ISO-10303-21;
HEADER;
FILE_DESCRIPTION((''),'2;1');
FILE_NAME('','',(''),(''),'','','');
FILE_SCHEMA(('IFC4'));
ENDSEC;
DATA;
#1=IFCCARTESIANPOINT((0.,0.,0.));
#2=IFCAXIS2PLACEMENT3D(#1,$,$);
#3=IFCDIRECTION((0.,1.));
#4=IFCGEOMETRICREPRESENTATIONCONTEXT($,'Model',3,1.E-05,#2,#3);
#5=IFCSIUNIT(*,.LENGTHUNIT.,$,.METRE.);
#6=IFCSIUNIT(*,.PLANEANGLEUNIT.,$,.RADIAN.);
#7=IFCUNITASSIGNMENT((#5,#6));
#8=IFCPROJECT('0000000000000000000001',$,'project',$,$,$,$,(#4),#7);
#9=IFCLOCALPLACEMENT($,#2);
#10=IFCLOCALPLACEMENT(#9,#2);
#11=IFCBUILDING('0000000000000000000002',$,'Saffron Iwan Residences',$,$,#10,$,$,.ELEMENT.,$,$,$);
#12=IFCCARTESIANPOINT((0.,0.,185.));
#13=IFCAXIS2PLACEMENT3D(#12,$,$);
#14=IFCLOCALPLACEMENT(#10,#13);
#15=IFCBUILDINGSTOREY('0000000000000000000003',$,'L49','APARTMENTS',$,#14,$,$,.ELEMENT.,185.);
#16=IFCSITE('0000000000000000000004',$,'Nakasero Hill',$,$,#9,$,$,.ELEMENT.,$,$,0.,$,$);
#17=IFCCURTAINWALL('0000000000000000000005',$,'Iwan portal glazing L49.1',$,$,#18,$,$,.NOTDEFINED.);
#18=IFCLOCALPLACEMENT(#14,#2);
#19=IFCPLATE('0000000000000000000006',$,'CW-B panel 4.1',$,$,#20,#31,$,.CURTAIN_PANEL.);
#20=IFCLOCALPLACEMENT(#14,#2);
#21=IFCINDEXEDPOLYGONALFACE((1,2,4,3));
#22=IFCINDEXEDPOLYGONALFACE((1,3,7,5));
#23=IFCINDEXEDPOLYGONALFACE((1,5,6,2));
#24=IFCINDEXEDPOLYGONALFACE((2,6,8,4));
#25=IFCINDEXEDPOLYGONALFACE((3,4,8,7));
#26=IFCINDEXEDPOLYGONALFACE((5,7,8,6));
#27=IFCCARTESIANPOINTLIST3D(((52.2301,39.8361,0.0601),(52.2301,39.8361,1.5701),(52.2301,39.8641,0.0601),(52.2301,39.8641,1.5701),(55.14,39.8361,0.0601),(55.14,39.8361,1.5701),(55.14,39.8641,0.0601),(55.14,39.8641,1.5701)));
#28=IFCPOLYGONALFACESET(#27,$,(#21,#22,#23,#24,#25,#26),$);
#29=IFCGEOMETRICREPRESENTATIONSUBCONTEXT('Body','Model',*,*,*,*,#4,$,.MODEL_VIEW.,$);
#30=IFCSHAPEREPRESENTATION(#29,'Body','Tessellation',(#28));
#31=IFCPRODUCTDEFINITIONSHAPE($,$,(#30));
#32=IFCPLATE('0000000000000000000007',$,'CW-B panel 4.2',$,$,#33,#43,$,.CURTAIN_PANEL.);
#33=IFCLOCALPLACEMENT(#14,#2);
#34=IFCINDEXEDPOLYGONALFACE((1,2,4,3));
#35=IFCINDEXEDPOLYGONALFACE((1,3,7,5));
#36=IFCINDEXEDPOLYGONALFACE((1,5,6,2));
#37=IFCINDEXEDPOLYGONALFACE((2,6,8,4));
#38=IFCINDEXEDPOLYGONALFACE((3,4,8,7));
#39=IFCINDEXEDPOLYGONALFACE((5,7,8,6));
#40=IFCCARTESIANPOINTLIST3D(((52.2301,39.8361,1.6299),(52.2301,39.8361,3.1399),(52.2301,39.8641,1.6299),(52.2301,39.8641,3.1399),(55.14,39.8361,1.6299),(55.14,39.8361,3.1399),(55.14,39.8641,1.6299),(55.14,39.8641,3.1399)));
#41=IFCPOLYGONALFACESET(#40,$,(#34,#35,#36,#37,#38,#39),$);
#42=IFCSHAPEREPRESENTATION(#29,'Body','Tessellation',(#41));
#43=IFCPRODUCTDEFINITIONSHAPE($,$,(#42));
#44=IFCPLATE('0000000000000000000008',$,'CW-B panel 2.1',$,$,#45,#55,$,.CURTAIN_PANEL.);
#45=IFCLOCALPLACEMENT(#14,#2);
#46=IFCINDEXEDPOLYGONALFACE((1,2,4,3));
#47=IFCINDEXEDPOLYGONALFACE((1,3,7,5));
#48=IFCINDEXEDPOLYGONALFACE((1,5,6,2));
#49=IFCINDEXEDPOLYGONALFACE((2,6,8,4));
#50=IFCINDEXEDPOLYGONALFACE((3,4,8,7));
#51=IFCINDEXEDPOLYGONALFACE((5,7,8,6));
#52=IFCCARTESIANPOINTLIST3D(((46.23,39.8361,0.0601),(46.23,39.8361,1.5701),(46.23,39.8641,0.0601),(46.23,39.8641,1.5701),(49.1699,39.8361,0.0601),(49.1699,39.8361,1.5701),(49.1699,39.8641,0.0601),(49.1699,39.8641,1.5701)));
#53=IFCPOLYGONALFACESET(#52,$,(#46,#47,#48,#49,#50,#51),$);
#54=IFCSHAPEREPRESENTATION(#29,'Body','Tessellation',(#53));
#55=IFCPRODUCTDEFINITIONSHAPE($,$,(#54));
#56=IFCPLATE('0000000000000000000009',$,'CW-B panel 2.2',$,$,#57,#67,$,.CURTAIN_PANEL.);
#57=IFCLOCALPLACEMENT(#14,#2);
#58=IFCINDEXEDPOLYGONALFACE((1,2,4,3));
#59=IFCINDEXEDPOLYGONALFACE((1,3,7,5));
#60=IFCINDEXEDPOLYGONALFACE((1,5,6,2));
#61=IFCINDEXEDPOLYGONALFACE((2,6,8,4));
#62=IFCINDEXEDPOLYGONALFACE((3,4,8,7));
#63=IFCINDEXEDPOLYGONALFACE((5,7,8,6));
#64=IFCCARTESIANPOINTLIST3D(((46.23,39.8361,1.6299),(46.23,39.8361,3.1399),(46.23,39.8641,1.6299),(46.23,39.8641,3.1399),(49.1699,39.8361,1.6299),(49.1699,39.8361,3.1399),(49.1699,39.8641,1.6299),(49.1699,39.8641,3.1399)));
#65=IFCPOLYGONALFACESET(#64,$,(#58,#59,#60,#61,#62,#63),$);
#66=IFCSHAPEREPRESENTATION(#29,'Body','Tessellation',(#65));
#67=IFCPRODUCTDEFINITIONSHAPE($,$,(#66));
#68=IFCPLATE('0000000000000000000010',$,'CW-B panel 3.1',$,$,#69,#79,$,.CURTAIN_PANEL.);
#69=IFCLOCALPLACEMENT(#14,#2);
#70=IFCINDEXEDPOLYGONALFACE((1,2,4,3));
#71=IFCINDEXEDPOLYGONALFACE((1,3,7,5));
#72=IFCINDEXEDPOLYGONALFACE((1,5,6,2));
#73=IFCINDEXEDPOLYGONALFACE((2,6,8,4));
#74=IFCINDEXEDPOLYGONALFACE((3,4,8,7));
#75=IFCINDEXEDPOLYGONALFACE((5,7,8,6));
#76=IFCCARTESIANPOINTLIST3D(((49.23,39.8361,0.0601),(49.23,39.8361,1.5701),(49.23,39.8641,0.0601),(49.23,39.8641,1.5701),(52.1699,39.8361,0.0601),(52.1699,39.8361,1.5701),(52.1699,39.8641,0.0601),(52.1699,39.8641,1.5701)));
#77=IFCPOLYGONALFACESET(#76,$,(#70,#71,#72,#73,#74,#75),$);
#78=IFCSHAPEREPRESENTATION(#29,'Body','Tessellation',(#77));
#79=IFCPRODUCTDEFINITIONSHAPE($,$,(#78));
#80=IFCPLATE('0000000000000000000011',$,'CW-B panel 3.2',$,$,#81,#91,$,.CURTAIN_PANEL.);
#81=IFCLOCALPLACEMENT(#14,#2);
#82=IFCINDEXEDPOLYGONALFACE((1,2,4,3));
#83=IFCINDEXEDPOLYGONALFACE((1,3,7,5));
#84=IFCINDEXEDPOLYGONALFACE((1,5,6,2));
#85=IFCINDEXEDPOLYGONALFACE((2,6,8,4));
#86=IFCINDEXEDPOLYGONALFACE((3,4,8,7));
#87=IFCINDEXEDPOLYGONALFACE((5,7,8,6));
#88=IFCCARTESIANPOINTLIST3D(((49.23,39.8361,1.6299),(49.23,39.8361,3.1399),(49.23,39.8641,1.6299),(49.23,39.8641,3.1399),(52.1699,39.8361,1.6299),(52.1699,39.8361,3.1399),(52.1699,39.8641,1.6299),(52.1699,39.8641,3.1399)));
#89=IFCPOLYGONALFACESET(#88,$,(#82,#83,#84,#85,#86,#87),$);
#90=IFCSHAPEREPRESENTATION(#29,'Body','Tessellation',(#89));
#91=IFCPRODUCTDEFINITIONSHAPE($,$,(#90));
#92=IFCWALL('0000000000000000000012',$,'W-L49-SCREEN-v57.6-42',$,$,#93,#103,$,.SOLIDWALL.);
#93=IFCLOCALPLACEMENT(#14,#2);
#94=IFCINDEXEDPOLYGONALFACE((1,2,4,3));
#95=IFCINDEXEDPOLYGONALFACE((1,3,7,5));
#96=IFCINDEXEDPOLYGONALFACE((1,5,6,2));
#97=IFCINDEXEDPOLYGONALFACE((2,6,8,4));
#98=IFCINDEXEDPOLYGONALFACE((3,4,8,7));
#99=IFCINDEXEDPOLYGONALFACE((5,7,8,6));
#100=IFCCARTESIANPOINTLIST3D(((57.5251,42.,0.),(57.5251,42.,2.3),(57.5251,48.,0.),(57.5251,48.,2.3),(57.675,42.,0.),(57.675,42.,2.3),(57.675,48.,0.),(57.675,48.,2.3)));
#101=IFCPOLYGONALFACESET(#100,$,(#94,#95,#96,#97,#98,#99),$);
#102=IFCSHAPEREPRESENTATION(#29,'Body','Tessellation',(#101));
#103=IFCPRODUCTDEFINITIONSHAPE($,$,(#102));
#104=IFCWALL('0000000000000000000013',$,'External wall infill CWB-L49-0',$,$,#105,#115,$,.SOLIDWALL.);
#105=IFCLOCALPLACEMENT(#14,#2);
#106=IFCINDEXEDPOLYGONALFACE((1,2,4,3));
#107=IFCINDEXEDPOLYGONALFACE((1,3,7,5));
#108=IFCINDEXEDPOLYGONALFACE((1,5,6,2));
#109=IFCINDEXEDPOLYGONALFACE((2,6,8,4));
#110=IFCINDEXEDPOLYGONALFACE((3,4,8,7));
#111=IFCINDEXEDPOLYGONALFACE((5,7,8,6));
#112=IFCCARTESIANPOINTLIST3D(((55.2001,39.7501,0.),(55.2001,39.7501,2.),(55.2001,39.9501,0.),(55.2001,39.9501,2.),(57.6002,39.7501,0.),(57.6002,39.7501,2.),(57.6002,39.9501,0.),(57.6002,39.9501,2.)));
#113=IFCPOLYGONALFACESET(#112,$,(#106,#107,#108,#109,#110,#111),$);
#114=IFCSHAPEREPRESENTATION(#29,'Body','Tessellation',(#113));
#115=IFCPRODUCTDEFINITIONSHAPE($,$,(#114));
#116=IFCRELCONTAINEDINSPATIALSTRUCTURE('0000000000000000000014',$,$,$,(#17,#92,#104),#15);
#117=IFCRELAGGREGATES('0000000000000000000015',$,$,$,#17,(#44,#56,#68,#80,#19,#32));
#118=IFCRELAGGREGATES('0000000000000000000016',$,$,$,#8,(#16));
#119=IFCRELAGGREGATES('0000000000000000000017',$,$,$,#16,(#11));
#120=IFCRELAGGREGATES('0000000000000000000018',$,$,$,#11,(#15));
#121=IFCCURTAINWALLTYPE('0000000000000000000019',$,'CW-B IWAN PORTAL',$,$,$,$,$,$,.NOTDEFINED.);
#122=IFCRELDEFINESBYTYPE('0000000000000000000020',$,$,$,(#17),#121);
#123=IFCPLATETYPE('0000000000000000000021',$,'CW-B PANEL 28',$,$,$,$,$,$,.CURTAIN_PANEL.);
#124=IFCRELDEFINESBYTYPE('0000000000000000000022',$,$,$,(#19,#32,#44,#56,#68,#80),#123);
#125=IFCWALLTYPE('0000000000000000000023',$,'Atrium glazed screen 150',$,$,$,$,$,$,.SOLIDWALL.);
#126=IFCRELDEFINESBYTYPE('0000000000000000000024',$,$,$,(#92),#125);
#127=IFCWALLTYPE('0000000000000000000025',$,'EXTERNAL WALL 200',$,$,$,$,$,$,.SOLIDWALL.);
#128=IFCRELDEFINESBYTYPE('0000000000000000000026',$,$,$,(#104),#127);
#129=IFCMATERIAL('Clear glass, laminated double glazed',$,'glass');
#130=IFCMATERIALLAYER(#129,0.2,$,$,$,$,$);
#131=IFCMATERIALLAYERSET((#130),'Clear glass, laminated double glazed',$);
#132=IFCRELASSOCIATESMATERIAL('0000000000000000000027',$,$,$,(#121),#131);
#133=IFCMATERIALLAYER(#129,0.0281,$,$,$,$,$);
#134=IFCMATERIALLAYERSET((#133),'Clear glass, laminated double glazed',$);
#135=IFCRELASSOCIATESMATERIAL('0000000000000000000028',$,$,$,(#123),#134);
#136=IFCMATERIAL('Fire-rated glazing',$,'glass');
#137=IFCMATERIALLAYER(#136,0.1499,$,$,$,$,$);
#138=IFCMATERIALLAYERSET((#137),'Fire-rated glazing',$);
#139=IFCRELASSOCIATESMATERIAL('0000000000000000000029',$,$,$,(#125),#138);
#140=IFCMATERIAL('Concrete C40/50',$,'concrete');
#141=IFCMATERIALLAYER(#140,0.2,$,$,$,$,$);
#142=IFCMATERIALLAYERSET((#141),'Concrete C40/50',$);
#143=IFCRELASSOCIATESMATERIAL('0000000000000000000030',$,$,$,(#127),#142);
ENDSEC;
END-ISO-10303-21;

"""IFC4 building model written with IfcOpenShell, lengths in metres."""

from ifc_helpers import new_model, si_unit, direction, frame, frame_2d, origin, origin_2d, place, context, subcontext, project, spatial, rectangle, extrude, source, transform, mapped, material, layer, layer_set, type_object, element, aggregate, save


model = new_model("IFC4")

# Units and contexts
model_context = context("Model", 3, precision=1e-05, world=origin(), true_north=direction((0.0, 1.0)))
body_context = subcontext(model_context, "Body", "Model", "MODEL_VIEW")
ifc_project = project(units=[si_unit("LENGTHUNIT", "METRE"), si_unit("PLANEANGLEUNIT", "RADIAN")], contexts=[model_context])

# Site, building, storey
site_placement = place(None, origin())
site = spatial("IfcSite", under=ifc_project, at=site_placement, Name="Nakasero Hill", CompositionType="ELEMENT", RefElevation=0.0)
building_placement = place(site_placement, origin())
building = spatial("IfcBuilding", under=site, at=building_placement, Name="Saffron Iwan Residences", CompositionType="ELEMENT")
storey_placement = place(building_placement, frame((0.0, 0.0, 185.0)))
storey = spatial("IfcBuildingStorey", under=building, at=storey_placement, Name="L49", Description="APARTMENTS", CompositionType="ELEMENT", Elevation=185.0)

# Curtain wall, plates
ifc_material_1 = material(Name="Clear glass, laminated double glazed", Category="glass")
ifc_layer_1 = layer(ifc_material_1, 0.2)
ifc_layer_set_1 = layer_set([ifc_layer_1], Name="Clear glass, laminated double glazed")
curtain_wall_type = type_object("IfcCurtainWallType", Name="CW-B IWAN PORTAL", PredefinedType="NOTDEFINED", material=ifc_layer_set_1)
curtain_wall_placement = place(storey_placement, origin())
curtain_wall = element("IfcCurtainWall", 1, at=curtain_wall_placement, inside=storey, type_object=curtain_wall_type, Name="Iwan portal glazing L49.1", PredefinedType="NOTDEFINED")
ifc_layer_2 = layer(ifc_material_1, 0.0281)
ifc_layer_set_2 = layer_set([ifc_layer_2], Name="Clear glass, laminated double glazed")
plate_type = type_object("IfcPlateType", Name="CW-B PANEL 28", PredefinedType="CURTAIN_PANEL", material=ifc_layer_set_2)
shared_shape_1 = source(origin(), body_context, "Body", "SweptSolid", [
    extrude(rectangle(XDim=2.9099, YDim=0.0281, at=origin_2d()), origin(), (0.0, 0.0, 1.0), 1.51),
])
plate_1_placement = place(storey_placement, frame((53.6851, 39.8501, 0.0601), z_axis=(0.0, 0.0, 1.0), x_axis=(1.0, 0.0, 0.0)))
plate_1 = element("IfcPlate", 2, at=plate_1_placement, type_object=plate_type, Name="CW-B panel 4.1", PredefinedType="CURTAIN_PANEL", context=body_context, shape_type="MappedRepresentation", body=[
    mapped(shared_shape_1, transform((0.0, 0.0, 0.0))),
])
plate_2_placement = place(storey_placement, frame((53.6851, 39.8501, 1.6299), z_axis=(0.0, 0.0, 1.0), x_axis=(1.0, 0.0, 0.0)))
plate_2 = element("IfcPlate", 3, at=plate_2_placement, type_object=plate_type, Name="CW-B panel 4.2", PredefinedType="CURTAIN_PANEL", context=body_context, shape_type="MappedRepresentation", body=[
    mapped(shared_shape_1, transform((0.0, 0.0, 0.0))),
])
shared_shape_2 = source(origin(), body_context, "Body", "SweptSolid", [
    extrude(rectangle(XDim=2.9399, YDim=0.0281, at=origin_2d()), origin(), (0.0, 0.0, 1.0), 1.51),
])
plate_3_placement = place(storey_placement, frame((47.7, 39.8501, 0.0601), z_axis=(0.0, 0.0, 1.0), x_axis=(1.0, 0.0, 0.0)))
plate_3 = element("IfcPlate", 4, at=plate_3_placement, type_object=plate_type, Name="CW-B panel 2.1", PredefinedType="CURTAIN_PANEL", context=body_context, shape_type="MappedRepresentation", body=[
    mapped(shared_shape_2, transform((0.0, 0.0, 0.0))),
])
plate_4_placement = place(storey_placement, frame((47.7, 39.8501, 1.6299), z_axis=(0.0, 0.0, 1.0), x_axis=(1.0, 0.0, 0.0)))
plate_4 = element("IfcPlate", 5, at=plate_4_placement, type_object=plate_type, Name="CW-B panel 2.2", PredefinedType="CURTAIN_PANEL", context=body_context, shape_type="MappedRepresentation", body=[
    mapped(shared_shape_2, transform((0.0, 0.0, 0.0))),
])
plate_5_placement = place(storey_placement, frame((50.7, 39.8501, 0.0601), z_axis=(0.0, 0.0, 1.0), x_axis=(1.0, 0.0, 0.0)))
plate_5 = element("IfcPlate", 6, at=plate_5_placement, type_object=plate_type, Name="CW-B panel 3.1", PredefinedType="CURTAIN_PANEL", context=body_context, shape_type="MappedRepresentation", body=[
    mapped(shared_shape_2, transform((0.0, 0.0, 0.0))),
])
plate_6_placement = place(storey_placement, frame((50.7, 39.8501, 1.6299), z_axis=(0.0, 0.0, 1.0), x_axis=(1.0, 0.0, 0.0)))
plate_6 = element("IfcPlate", 7, at=plate_6_placement, type_object=plate_type, Name="CW-B panel 3.2", PredefinedType="CURTAIN_PANEL", context=body_context, shape_type="MappedRepresentation", body=[
    mapped(shared_shape_2, transform((0.0, 0.0, 0.0))),
])
aggregate(curtain_wall, [plate_3, plate_4, plate_5, plate_6, plate_1, plate_2])

# Walls
ifc_material_2 = material(Name="Fire-rated glazing", Category="glass")
ifc_layer_3 = layer(ifc_material_2, 0.1499)
ifc_layer_set_3 = layer_set([ifc_layer_3], Name="Fire-rated glazing")
wall_type_1 = type_object("IfcWallType", Name="Atrium glazed screen 150", PredefinedType="SOLIDWALL", material=ifc_layer_set_3)
wall_1_placement = place(storey_placement, frame((57.6001, 42.0, 0.0), z_axis=(0.0, 0.0, 1.0), x_axis=(0.0, 1.0, 0.0)))
element("IfcWall", 8, at=wall_1_placement, inside=storey, type_object=wall_type_1, Name="W-L49-SCREEN-v57.6-42", PredefinedType="SOLIDWALL", context=body_context, shape_type="SweptSolid", body=[
    extrude(rectangle(XDim=6.0, YDim=0.1499, at=frame_2d((3.0, 0.0))), origin(), (0.0, 0.0, 1.0), 2.3),
])
ifc_material_3 = material(Name="Concrete C40/50", Category="concrete")
ifc_layer_4 = layer(ifc_material_3, 0.2)
ifc_layer_set_4 = layer_set([ifc_layer_4], Name="Concrete C40/50")
wall_type_2 = type_object("IfcWallType", Name="EXTERNAL WALL 200", PredefinedType="SOLIDWALL", material=ifc_layer_set_4)
wall_2_placement = place(storey_placement, frame((55.2, 39.8501, 0.0), z_axis=(0.0, 0.0, 1.0), x_axis=(1.0, 0.0, 0.0)))
element("IfcWall", 9, at=wall_2_placement, inside=storey, type_object=wall_type_2, Name="External wall infill CWB-L49-0", PredefinedType="SOLIDWALL", context=body_context, shape_type="SweptSolid", body=[
    extrude(rectangle(XDim=2.4001, YDim=0.2, at=frame_2d((1.2002, 0.0))), origin(), (0.0, 0.0, 1.0), 2.0),
])

save(model, "model.ifc")
